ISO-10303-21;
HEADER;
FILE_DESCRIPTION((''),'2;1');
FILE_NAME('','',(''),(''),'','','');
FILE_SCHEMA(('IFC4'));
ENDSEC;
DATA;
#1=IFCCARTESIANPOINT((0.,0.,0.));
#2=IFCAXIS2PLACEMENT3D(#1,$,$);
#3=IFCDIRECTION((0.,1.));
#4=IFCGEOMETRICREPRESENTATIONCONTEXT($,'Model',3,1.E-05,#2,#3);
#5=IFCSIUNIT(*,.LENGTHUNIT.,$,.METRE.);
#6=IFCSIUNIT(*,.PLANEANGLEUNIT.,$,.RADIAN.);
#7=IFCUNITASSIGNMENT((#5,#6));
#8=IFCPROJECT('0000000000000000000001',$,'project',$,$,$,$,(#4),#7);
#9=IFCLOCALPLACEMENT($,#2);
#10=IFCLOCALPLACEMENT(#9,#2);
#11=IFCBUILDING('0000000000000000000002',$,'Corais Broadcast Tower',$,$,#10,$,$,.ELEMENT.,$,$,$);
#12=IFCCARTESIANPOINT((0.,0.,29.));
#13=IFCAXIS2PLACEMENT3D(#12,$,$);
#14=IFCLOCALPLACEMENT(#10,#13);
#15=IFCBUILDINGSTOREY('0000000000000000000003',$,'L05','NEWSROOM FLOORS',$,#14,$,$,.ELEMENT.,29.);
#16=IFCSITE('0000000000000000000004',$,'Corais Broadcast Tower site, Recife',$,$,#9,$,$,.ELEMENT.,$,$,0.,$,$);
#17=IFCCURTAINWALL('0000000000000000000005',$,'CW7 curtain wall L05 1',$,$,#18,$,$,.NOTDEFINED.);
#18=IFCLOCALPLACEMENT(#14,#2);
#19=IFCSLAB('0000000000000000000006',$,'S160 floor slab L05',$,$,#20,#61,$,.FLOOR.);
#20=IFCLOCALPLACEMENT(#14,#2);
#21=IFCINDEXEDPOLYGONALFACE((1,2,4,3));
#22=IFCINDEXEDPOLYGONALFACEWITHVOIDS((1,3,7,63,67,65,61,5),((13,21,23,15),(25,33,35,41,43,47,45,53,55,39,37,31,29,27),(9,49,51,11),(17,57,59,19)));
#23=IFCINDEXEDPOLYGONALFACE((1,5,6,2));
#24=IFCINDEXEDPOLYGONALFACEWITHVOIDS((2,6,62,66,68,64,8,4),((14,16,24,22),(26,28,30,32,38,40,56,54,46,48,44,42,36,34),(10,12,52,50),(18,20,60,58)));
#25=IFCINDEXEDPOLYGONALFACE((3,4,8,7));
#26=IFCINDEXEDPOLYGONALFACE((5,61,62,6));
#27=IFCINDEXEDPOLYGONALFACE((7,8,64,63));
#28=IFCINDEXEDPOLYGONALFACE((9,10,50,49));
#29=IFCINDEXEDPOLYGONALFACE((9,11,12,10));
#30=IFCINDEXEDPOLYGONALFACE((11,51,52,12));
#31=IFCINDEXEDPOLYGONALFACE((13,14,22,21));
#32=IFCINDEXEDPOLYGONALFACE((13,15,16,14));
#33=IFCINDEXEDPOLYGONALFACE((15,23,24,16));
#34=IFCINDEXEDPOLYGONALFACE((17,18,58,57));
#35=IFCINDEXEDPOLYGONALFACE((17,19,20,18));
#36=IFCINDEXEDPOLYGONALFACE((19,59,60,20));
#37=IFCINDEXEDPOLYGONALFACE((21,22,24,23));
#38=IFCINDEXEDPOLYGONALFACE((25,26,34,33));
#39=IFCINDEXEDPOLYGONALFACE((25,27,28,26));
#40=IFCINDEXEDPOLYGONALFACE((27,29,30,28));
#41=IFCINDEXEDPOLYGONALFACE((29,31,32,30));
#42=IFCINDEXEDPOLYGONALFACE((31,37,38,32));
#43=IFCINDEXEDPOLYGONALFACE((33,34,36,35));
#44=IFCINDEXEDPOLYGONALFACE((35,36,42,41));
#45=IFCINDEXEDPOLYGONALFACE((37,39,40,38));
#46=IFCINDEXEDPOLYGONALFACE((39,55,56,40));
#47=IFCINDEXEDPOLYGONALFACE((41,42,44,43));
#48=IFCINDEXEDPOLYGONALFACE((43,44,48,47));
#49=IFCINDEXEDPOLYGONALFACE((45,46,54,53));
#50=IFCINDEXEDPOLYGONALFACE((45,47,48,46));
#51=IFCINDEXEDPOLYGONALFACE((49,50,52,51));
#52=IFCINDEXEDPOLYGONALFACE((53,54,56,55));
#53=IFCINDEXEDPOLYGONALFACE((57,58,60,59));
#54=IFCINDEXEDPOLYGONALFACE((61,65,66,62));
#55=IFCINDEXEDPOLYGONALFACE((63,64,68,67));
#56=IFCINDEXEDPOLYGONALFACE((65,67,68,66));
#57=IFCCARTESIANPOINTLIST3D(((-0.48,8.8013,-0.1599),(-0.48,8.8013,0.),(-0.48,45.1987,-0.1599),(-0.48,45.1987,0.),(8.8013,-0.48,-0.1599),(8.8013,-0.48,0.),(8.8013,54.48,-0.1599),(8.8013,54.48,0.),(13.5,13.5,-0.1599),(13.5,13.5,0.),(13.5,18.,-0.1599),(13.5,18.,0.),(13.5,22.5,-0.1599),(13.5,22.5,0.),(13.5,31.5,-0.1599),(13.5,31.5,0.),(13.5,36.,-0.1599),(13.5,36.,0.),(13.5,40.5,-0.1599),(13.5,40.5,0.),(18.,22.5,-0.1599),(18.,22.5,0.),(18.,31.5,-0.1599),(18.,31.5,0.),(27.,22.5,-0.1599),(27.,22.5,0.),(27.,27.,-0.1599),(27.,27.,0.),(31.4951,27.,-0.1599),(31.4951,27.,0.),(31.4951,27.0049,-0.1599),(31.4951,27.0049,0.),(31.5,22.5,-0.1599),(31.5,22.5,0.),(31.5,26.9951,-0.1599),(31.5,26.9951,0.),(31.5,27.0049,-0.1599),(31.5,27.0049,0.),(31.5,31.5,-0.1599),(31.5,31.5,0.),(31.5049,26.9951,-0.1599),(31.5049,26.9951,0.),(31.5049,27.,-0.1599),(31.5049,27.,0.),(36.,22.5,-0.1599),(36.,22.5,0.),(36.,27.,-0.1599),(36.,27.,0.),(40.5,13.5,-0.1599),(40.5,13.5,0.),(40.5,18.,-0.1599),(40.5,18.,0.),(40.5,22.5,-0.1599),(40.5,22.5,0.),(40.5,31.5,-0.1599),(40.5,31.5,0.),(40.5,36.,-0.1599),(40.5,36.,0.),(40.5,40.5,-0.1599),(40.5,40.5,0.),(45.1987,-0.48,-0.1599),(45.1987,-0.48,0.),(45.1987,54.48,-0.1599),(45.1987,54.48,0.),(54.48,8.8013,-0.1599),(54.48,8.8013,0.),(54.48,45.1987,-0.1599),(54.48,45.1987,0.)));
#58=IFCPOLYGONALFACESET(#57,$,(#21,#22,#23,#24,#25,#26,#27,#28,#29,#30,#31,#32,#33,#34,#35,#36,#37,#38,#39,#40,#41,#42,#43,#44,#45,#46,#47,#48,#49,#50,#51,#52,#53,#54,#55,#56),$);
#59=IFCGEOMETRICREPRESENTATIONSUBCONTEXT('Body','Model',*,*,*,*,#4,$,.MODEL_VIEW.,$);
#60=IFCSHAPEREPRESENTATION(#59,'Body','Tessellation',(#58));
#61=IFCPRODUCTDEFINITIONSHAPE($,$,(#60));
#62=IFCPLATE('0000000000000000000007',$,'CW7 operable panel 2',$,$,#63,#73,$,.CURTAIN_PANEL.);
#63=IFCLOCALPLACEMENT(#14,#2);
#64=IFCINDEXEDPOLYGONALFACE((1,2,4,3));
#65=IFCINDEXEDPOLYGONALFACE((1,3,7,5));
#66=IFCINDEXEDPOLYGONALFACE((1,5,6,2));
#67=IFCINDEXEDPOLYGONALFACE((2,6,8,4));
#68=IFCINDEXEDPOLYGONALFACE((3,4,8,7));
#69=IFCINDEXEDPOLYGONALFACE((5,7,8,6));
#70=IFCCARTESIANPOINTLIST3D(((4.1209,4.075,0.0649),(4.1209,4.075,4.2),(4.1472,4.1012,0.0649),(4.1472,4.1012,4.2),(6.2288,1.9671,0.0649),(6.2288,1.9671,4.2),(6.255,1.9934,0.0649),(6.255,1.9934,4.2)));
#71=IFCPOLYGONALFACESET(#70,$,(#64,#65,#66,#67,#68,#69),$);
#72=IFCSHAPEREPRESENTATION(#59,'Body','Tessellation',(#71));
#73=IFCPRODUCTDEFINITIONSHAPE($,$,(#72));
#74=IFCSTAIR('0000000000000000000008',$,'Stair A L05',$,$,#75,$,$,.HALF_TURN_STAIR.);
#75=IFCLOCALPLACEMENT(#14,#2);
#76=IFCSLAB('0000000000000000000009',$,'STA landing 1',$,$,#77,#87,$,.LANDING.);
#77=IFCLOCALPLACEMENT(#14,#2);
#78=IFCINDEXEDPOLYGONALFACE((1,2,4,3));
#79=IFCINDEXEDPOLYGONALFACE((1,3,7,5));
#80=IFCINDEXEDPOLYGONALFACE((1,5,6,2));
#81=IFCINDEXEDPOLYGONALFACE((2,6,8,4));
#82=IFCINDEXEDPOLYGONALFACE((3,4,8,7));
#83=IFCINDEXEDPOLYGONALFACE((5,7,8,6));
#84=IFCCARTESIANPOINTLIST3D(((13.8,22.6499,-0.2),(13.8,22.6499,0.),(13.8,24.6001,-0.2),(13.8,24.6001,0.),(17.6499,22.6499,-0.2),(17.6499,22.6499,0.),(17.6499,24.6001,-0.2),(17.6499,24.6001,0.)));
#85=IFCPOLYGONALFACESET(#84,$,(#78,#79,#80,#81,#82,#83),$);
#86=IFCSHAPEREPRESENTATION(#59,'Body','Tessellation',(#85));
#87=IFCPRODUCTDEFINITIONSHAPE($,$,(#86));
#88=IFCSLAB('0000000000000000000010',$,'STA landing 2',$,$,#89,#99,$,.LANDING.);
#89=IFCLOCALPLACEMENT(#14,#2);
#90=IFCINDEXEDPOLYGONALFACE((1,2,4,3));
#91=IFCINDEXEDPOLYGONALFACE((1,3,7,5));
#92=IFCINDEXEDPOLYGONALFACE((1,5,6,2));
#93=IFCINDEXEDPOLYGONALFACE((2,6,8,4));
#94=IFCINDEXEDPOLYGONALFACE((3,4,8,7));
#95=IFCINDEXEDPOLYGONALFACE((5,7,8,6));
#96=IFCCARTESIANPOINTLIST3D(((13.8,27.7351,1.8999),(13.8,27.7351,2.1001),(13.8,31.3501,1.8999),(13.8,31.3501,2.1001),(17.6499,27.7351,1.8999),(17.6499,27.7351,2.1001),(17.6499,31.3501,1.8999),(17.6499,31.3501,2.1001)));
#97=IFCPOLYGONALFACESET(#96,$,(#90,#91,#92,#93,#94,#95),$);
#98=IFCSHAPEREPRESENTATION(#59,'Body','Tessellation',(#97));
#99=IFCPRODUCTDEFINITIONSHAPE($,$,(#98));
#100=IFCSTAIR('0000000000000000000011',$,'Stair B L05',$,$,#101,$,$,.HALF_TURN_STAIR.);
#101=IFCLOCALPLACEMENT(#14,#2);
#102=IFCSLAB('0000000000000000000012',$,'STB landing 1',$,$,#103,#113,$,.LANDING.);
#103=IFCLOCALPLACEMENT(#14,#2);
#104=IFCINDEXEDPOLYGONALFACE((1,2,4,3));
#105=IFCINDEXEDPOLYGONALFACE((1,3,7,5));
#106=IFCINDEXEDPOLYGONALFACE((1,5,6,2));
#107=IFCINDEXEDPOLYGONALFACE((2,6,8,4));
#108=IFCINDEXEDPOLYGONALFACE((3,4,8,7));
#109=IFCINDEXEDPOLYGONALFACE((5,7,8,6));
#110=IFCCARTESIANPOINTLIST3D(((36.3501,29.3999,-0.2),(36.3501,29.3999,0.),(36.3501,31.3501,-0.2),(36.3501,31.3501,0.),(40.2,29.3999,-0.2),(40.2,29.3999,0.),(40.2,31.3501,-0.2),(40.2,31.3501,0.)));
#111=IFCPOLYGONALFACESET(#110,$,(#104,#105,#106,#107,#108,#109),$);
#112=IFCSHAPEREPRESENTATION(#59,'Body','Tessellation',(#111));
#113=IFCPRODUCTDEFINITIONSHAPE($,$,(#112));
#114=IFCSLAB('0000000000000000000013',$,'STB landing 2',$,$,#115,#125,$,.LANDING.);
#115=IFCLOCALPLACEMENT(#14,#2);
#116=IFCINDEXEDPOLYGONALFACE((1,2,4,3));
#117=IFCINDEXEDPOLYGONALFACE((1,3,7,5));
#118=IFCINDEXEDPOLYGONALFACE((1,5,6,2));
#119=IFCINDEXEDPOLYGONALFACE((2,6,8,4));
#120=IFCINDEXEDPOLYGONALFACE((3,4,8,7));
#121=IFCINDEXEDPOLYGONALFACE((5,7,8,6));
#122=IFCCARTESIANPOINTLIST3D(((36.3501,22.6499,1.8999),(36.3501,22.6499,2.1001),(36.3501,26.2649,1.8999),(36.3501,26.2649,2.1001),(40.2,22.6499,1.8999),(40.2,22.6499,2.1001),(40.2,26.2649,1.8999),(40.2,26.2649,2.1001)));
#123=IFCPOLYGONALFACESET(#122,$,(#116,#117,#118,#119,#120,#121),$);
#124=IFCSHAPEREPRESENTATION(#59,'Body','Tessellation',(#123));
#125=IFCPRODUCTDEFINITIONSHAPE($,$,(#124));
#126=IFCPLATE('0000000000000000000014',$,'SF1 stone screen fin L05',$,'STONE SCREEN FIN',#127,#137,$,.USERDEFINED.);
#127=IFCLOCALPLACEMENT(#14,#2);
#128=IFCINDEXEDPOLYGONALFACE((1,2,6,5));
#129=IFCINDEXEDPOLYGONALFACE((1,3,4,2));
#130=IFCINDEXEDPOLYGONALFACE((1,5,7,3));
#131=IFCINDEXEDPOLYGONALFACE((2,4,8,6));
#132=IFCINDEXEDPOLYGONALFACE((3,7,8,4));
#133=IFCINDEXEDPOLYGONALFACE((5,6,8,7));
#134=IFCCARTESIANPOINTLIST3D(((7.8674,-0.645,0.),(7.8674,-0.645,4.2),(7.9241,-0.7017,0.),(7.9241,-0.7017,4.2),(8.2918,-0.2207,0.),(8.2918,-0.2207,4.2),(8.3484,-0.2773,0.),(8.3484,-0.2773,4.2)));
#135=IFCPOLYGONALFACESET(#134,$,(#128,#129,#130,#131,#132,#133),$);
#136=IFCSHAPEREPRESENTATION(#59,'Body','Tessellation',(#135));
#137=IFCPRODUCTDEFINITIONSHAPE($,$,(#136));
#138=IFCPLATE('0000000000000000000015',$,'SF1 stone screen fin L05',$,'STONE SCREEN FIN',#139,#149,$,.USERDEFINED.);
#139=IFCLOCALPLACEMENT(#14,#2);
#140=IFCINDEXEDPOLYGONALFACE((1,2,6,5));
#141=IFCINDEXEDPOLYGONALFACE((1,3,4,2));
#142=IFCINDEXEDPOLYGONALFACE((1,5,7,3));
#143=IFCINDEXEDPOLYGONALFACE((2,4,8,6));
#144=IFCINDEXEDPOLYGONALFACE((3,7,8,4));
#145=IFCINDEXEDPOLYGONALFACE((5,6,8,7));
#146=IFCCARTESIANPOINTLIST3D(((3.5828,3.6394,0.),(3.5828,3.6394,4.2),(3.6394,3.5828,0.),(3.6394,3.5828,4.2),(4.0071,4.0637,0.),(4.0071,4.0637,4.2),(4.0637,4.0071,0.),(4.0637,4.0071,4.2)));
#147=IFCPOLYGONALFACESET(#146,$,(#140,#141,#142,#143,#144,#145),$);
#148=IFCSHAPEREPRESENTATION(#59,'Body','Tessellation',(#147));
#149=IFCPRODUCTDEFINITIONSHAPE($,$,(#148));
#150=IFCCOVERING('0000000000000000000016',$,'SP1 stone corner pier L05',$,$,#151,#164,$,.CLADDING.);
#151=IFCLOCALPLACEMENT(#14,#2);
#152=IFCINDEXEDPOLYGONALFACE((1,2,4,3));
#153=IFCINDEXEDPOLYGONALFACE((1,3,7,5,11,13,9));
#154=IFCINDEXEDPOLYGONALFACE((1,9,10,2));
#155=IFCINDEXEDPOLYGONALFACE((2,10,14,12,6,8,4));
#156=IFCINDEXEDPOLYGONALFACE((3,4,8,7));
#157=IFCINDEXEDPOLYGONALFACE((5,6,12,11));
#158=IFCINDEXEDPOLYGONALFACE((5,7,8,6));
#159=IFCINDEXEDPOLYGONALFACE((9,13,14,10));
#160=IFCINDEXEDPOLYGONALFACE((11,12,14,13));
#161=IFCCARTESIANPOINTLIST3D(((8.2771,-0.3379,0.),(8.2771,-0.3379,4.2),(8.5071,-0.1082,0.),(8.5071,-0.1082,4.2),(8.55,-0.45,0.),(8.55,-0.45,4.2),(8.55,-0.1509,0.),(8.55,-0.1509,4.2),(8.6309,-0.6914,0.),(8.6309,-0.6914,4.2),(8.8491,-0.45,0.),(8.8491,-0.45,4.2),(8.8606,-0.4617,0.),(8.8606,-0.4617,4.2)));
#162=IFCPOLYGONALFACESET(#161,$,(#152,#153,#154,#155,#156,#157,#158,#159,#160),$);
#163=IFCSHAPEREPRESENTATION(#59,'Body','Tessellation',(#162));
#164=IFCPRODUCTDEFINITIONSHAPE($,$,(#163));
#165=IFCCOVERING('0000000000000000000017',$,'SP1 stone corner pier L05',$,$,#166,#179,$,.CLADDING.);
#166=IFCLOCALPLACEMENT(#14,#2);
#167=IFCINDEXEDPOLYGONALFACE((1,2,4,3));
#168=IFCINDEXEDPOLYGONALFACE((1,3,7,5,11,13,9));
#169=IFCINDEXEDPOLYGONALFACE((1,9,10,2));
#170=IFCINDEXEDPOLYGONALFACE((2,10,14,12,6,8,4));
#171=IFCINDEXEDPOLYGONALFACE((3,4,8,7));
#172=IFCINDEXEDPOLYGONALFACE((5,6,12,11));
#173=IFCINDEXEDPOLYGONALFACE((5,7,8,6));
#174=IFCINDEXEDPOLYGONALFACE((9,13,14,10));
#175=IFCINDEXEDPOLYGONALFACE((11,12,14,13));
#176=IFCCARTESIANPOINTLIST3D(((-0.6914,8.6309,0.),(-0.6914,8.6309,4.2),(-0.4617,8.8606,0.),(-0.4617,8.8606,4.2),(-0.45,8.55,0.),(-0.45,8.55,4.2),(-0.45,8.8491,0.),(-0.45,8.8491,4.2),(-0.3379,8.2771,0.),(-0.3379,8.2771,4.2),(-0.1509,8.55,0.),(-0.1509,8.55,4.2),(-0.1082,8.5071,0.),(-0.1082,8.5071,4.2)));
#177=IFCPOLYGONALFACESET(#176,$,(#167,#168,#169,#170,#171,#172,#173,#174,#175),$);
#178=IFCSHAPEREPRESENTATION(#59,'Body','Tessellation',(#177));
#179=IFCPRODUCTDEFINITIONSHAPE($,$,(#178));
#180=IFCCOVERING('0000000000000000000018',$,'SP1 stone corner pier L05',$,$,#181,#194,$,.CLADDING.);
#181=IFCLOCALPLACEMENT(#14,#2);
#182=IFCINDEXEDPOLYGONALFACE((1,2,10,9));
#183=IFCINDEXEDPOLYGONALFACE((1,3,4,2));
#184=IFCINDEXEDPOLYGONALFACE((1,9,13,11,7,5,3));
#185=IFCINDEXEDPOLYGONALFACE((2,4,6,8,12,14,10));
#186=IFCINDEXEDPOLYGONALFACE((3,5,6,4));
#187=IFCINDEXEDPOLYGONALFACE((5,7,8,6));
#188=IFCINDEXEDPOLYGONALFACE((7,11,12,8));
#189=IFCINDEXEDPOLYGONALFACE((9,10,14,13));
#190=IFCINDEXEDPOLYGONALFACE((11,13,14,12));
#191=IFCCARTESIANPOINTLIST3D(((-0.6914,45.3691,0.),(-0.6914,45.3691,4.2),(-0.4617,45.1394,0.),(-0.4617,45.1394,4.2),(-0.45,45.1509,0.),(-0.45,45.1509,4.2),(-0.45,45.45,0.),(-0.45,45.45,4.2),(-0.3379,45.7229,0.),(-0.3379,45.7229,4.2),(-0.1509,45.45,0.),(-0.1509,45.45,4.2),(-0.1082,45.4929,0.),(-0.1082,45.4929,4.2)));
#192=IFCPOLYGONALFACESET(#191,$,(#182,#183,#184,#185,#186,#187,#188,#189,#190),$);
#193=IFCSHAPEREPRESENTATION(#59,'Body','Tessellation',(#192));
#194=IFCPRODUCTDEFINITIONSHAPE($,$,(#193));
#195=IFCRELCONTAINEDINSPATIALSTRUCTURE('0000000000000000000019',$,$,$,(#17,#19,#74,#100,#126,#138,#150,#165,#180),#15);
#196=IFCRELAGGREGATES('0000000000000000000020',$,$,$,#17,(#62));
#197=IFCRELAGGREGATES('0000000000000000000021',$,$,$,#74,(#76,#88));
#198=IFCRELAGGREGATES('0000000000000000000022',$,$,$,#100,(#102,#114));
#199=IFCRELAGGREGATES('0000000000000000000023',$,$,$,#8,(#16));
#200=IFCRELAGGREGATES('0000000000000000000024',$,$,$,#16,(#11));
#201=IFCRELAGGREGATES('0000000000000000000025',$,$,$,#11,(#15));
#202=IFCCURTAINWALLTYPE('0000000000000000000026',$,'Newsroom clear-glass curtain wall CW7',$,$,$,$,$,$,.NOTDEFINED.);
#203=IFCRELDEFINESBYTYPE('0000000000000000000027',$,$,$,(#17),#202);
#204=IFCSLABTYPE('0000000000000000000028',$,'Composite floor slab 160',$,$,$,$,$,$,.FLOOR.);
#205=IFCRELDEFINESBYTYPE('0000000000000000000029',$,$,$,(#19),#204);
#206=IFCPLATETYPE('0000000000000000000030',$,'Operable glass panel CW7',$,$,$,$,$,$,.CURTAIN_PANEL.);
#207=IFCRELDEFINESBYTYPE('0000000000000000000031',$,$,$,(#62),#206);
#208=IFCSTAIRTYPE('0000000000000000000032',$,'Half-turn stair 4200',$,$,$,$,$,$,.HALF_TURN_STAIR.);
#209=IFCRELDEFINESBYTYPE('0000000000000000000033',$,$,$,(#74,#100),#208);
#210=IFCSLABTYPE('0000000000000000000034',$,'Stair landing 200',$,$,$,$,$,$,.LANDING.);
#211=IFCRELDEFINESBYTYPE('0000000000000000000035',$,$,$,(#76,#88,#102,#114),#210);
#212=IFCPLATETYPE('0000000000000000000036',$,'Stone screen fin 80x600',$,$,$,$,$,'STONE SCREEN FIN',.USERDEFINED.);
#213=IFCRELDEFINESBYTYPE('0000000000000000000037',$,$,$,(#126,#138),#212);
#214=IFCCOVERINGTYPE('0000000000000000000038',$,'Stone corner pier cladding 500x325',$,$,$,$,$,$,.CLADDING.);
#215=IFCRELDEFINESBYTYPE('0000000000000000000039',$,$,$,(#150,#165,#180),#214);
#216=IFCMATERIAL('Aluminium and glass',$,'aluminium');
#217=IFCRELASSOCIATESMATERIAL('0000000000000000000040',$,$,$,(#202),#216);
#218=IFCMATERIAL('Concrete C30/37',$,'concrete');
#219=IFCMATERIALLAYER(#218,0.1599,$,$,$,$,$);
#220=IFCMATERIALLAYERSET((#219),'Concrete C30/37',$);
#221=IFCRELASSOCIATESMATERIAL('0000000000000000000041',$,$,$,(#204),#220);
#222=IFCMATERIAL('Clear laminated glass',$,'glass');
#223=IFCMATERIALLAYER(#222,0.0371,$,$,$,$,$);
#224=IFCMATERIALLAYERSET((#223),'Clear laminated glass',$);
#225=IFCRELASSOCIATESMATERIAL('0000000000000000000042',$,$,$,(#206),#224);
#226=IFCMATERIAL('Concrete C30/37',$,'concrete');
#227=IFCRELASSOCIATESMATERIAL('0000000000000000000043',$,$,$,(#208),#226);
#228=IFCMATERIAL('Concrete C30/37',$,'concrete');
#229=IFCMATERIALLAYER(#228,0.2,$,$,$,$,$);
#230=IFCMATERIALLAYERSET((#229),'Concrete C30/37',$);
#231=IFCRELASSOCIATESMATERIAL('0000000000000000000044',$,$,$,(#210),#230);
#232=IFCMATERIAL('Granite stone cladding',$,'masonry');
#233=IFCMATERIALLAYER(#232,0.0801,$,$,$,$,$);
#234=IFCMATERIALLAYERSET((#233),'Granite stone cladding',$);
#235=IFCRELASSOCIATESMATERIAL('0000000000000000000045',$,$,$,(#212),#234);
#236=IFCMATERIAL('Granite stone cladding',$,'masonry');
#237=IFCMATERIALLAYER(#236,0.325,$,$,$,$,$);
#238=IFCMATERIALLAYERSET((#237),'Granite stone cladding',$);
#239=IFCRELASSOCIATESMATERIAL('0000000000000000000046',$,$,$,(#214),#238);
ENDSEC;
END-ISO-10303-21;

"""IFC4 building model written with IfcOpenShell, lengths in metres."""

from ifc_helpers import new_model, si_unit, direction, frame, origin, origin_2d, place, context, subcontext, project, spatial, polyline, rectangle, outline, extrude, material, layer, layer_set, type_object, element, aggregate, save


model = new_model("IFC4")

# Units and contexts
model_context = context("Model", 3, precision=1e-05, world=origin(), true_north=direction((0.0, 1.0)))
body_context = subcontext(model_context, "Body", "Model", "MODEL_VIEW")
ifc_project = project(units=[si_unit("LENGTHUNIT", "METRE"), si_unit("PLANEANGLEUNIT", "RADIAN")], contexts=[model_context])

# Site, building, storey
site_placement = place(None, origin())
site = spatial("IfcSite", under=ifc_project, at=site_placement, Name="Corais Broadcast Tower site, Recife", CompositionType="ELEMENT", RefElevation=0.0)
building_placement = place(site_placement, origin())
building = spatial("IfcBuilding", under=site, at=building_placement, Name="Corais Broadcast Tower", CompositionType="ELEMENT")
storey_placement = place(building_placement, frame((0.0, 0.0, 29.0)))
storey = spatial("IfcBuildingStorey", under=building, at=storey_placement, Name="L05", Description="NEWSROOM FLOORS", CompositionType="ELEMENT", Elevation=29.0)

# Curtain wall
ifc_material_1 = material(Name="Aluminium and glass", Category="aluminium")
curtain_wall_type = type_object("IfcCurtainWallType", Name="Newsroom clear-glass curtain wall CW7", PredefinedType="NOTDEFINED", material=ifc_material_1)
curtain_wall_placement = place(storey_placement, origin())
curtain_wall = element("IfcCurtainWall", 1, at=curtain_wall_placement, inside=storey, type_object=curtain_wall_type, Name="CW7 curtain wall L05 1", PredefinedType="NOTDEFINED")

# Slab
ifc_material_2 = material(Name="Concrete C30/37", Category="concrete")
ifc_layer_1 = layer(ifc_material_2, 0.1599)
ifc_layer_set_1 = layer_set([ifc_layer_1], Name="Concrete C30/37")
slab_type_1 = type_object("IfcSlabType", Name="Composite floor slab 160", PredefinedType="FLOOR", material=ifc_layer_set_1)
slab_1_placement = place(storey_placement, frame((0.0, 0.0, -0.1599)))
element("IfcSlab", 2, at=slab_1_placement, inside=storey, type_object=slab_type_1, Name="S160 floor slab L05", PredefinedType="FLOOR", context=body_context, shape_type="SweptSolid", body=[
    extrude(outline(polyline([(8.8013, -0.48), (-0.48, 8.8013), (-0.48, 45.1987), (8.8013, 54.48), (45.1987, 54.48), (54.48, 45.1987), (54.48, 8.8013), (45.1987, -0.48), (8.8013, -0.48)]), holes=[polyline([(13.5, 18.0), (40.5, 18.0), (40.5, 13.5), (13.5, 13.5), (13.5, 18.0)]), polyline([(13.5, 22.5), (13.5, 31.5), (18.0, 31.5), (18.0, 22.5), (13.5, 22.5)]), polyline([(13.5, 40.5), (40.5, 40.5), (40.5, 36.0), (13.5, 36.0), (13.5, 40.5)]), polyline([(27.0, 22.5), (27.0, 27.0), (31.4951, 27.0), (31.4951, 27.0049), (31.5, 27.0049), (31.5, 31.5), (40.5, 31.5), (40.5, 22.5), (36.0, 22.5), (36.0, 27.0), (31.5049, 27.0), (31.5049, 26.9951), (31.5, 26.9951), (31.5, 22.5), (27.0, 22.5)])]), origin(), (0.0, 0.0, 1.0), 0.1599),
])

# Plate
ifc_material_3 = material(Name="Clear laminated glass", Category="glass")
ifc_layer_2 = layer(ifc_material_3, 0.0371)
ifc_layer_set_2 = layer_set([ifc_layer_2], Name="Clear laminated glass")
plate_type_1 = type_object("IfcPlateType", Name="Operable glass panel CW7", PredefinedType="CURTAIN_PANEL", material=ifc_layer_set_2)
plate_1_placement = place(storey_placement, frame((5.188, 3.0342, 0.0649), z_axis=(0.0, 0.0, 1.0), x_axis=(-0.707107, 0.707107, 0.0)))
plate_1 = element("IfcPlate", 3, at=plate_1_placement, type_object=plate_type_1, Name="CW7 operable panel 2", PredefinedType="CURTAIN_PANEL", context=body_context, shape_type="SweptSolid", body=[
    extrude(rectangle(XDim=2.981, YDim=0.0371, at=origin_2d()), origin(), (0.0, 0.0, 1.0), 4.135),
])
aggregate(curtain_wall, [plate_1])

# Stairs, slabs
ifc_material_4 = material(Name="Concrete C30/37", Category="concrete")
stair_type = type_object("IfcStairType", Name="Half-turn stair 4200", PredefinedType="HALF_TURN_STAIR", material=ifc_material_4)
stair_1_placement = place(storey_placement, origin())
stair_1 = element("IfcStair", 4, at=stair_1_placement, inside=storey, type_object=stair_type, Name="Stair A L05", PredefinedType="HALF_TURN_STAIR")
ifc_material_5 = material(Name="Concrete C30/37", Category="concrete")
ifc_layer_3 = layer(ifc_material_5, 0.2)
ifc_layer_set_3 = layer_set([ifc_layer_3], Name="Concrete C30/37")
slab_type_2 = type_object("IfcSlabType", Name="Stair landing 200", PredefinedType="LANDING", material=ifc_layer_set_3)
slab_2_placement = place(storey_placement, frame((0.0, 0.0, -0.2)))
slab_2 = element("IfcSlab", 5, at=slab_2_placement, type_object=slab_type_2, Name="STA landing 1", PredefinedType="LANDING", context=body_context, shape_type="SweptSolid", body=[
    extrude(outline(polyline([(13.8, 22.6499), (17.6499, 22.6499), (17.6499, 24.6001), (13.8, 24.6001), (13.8, 22.6499)])), origin(), (0.0, 0.0, 1.0), 0.2),
])
slab_3_placement = place(storey_placement, frame((0.0, 0.0, 1.8999)))
slab_3 = element("IfcSlab", 6, at=slab_3_placement, type_object=slab_type_2, Name="STA landing 2", PredefinedType="LANDING", context=body_context, shape_type="SweptSolid", body=[
    extrude(outline(polyline([(13.8, 27.7351), (17.6499, 27.7351), (17.6499, 31.3501), (13.8, 31.3501), (13.8, 27.7351)])), origin(), (0.0, 0.0, 1.0), 0.2002),
])
aggregate(stair_1, [slab_2, slab_3])
stair_2_placement = place(storey_placement, origin())
stair_2 = element("IfcStair", 7, at=stair_2_placement, inside=storey, type_object=stair_type, Name="Stair B L05", PredefinedType="HALF_TURN_STAIR")
slab_4_placement = place(storey_placement, frame((0.0, 0.0, -0.2)))
slab_4 = element("IfcSlab", 8, at=slab_4_placement, type_object=slab_type_2, Name="STB landing 1", PredefinedType="LANDING", context=body_context, shape_type="SweptSolid", body=[
    extrude(outline(polyline([(36.3501, 29.3999), (40.2, 29.3999), (40.2, 31.3501), (36.3501, 31.3501), (36.3501, 29.3999)])), origin(), (0.0, 0.0, 1.0), 0.2),
])
slab_5_placement = place(storey_placement, frame((0.0, 0.0, 1.8999)))
slab_5 = element("IfcSlab", 9, at=slab_5_placement, type_object=slab_type_2, Name="STB landing 2", PredefinedType="LANDING", context=body_context, shape_type="SweptSolid", body=[
    extrude(outline(polyline([(36.3501, 22.6499), (40.2, 22.6499), (40.2, 26.2649), (36.3501, 26.2649), (36.3501, 22.6499)])), origin(), (0.0, 0.0, 1.0), 0.2002),
])
aggregate(stair_2, [slab_4, slab_5])

# Plates
ifc_material_6 = material(Name="Granite stone cladding", Category="masonry")
ifc_layer_4 = layer(ifc_material_6, 0.0801)
ifc_layer_set_4 = layer_set([ifc_layer_4], Name="Granite stone cladding")
plate_type_2 = type_object("IfcPlateType", Name="Stone screen fin 80x600", ElementType="STONE SCREEN FIN", PredefinedType="USERDEFINED", material=ifc_layer_set_4)
for number, where, z_axis, x_axis, name in (
    (10, (8.1079, -0.4612, 0.0), (0.0, 0.0, 1.0), (-0.707107, 0.707107, 0.0), "SF1 stone screen fin L05"),
    (11, (3.8232, 3.8232, 0.0), (0.0, 0.0, 1.0), (-0.707107, 0.707107, 0.0), "SF1 stone screen fin L05"),
):
    element("IfcPlate", number, at=place(storey_placement, frame(where, z_axis=z_axis, x_axis=x_axis)), inside=storey, type_object=plate_type_2, Name=name, ObjectType="STONE SCREEN FIN", PredefinedType="USERDEFINED", context=body_context, shape_type="SweptSolid", body=[
        extrude(rectangle(XDim=0.0801, YDim=0.6001, at=origin_2d()), origin(), (0.0, 0.0, 1.0), 4.2),
    ])

# Coverings
ifc_material_7 = material(Name="Granite stone cladding", Category="masonry")
ifc_layer_5 = layer(ifc_material_7, 0.325)
ifc_layer_set_5 = layer_set([ifc_layer_5], Name="Granite stone cladding")
covering_type_1 = type_object("IfcCoveringType", Name="Stone corner pier cladding 500x325", PredefinedType="CLADDING", material=ifc_layer_set_5)
covering_1_placement = place(storey_placement, origin())
element("IfcCovering", 12, at=covering_1_placement, inside=storey, type_object=covering_type_1, Name="SP1 stone corner pier L05", PredefinedType="CLADDING", context=body_context, shape_type="SweptSolid", body=[
    extrude(outline(polyline([(8.8606, -0.4617), (8.8491, -0.45), (8.55, -0.45), (8.55, -0.1509), (8.5071, -0.1082), (8.2771, -0.3379), (8.6309, -0.6914), (8.8606, -0.4617)])), origin(), (0.0, 0.0, 1.0), 4.2),
])
covering_2_placement = place(storey_placement, origin())
element("IfcCovering", 13, at=covering_2_placement, inside=storey, type_object=covering_type_1, Name="SP1 stone corner pier L05", PredefinedType="CLADDING", context=body_context, shape_type="SweptSolid", body=[
    extrude(outline(polyline([(-0.45, 8.8491), (-0.4617, 8.8606), (-0.6914, 8.6309), (-0.3379, 8.2771), (-0.1082, 8.5071), (-0.1509, 8.55), (-0.45, 8.55), (-0.45, 8.8491)])), origin(), (0.0, 0.0, 1.0), 4.2),
])
covering_3_placement = place(storey_placement, origin())
element("IfcCovering", 14, at=covering_3_placement, inside=storey, type_object=covering_type_1, Name="SP1 stone corner pier L05", PredefinedType="CLADDING", context=body_context, shape_type="SweptSolid", body=[
    extrude(outline(polyline([(-0.4617, 45.1394), (-0.45, 45.1509), (-0.45, 45.45), (-0.1509, 45.45), (-0.1082, 45.4929), (-0.3379, 45.7229), (-0.6914, 45.3691), (-0.4617, 45.1394)])), origin(), (0.0, 0.0, 1.0), 4.2),
])

save(model, "model.ifc")
